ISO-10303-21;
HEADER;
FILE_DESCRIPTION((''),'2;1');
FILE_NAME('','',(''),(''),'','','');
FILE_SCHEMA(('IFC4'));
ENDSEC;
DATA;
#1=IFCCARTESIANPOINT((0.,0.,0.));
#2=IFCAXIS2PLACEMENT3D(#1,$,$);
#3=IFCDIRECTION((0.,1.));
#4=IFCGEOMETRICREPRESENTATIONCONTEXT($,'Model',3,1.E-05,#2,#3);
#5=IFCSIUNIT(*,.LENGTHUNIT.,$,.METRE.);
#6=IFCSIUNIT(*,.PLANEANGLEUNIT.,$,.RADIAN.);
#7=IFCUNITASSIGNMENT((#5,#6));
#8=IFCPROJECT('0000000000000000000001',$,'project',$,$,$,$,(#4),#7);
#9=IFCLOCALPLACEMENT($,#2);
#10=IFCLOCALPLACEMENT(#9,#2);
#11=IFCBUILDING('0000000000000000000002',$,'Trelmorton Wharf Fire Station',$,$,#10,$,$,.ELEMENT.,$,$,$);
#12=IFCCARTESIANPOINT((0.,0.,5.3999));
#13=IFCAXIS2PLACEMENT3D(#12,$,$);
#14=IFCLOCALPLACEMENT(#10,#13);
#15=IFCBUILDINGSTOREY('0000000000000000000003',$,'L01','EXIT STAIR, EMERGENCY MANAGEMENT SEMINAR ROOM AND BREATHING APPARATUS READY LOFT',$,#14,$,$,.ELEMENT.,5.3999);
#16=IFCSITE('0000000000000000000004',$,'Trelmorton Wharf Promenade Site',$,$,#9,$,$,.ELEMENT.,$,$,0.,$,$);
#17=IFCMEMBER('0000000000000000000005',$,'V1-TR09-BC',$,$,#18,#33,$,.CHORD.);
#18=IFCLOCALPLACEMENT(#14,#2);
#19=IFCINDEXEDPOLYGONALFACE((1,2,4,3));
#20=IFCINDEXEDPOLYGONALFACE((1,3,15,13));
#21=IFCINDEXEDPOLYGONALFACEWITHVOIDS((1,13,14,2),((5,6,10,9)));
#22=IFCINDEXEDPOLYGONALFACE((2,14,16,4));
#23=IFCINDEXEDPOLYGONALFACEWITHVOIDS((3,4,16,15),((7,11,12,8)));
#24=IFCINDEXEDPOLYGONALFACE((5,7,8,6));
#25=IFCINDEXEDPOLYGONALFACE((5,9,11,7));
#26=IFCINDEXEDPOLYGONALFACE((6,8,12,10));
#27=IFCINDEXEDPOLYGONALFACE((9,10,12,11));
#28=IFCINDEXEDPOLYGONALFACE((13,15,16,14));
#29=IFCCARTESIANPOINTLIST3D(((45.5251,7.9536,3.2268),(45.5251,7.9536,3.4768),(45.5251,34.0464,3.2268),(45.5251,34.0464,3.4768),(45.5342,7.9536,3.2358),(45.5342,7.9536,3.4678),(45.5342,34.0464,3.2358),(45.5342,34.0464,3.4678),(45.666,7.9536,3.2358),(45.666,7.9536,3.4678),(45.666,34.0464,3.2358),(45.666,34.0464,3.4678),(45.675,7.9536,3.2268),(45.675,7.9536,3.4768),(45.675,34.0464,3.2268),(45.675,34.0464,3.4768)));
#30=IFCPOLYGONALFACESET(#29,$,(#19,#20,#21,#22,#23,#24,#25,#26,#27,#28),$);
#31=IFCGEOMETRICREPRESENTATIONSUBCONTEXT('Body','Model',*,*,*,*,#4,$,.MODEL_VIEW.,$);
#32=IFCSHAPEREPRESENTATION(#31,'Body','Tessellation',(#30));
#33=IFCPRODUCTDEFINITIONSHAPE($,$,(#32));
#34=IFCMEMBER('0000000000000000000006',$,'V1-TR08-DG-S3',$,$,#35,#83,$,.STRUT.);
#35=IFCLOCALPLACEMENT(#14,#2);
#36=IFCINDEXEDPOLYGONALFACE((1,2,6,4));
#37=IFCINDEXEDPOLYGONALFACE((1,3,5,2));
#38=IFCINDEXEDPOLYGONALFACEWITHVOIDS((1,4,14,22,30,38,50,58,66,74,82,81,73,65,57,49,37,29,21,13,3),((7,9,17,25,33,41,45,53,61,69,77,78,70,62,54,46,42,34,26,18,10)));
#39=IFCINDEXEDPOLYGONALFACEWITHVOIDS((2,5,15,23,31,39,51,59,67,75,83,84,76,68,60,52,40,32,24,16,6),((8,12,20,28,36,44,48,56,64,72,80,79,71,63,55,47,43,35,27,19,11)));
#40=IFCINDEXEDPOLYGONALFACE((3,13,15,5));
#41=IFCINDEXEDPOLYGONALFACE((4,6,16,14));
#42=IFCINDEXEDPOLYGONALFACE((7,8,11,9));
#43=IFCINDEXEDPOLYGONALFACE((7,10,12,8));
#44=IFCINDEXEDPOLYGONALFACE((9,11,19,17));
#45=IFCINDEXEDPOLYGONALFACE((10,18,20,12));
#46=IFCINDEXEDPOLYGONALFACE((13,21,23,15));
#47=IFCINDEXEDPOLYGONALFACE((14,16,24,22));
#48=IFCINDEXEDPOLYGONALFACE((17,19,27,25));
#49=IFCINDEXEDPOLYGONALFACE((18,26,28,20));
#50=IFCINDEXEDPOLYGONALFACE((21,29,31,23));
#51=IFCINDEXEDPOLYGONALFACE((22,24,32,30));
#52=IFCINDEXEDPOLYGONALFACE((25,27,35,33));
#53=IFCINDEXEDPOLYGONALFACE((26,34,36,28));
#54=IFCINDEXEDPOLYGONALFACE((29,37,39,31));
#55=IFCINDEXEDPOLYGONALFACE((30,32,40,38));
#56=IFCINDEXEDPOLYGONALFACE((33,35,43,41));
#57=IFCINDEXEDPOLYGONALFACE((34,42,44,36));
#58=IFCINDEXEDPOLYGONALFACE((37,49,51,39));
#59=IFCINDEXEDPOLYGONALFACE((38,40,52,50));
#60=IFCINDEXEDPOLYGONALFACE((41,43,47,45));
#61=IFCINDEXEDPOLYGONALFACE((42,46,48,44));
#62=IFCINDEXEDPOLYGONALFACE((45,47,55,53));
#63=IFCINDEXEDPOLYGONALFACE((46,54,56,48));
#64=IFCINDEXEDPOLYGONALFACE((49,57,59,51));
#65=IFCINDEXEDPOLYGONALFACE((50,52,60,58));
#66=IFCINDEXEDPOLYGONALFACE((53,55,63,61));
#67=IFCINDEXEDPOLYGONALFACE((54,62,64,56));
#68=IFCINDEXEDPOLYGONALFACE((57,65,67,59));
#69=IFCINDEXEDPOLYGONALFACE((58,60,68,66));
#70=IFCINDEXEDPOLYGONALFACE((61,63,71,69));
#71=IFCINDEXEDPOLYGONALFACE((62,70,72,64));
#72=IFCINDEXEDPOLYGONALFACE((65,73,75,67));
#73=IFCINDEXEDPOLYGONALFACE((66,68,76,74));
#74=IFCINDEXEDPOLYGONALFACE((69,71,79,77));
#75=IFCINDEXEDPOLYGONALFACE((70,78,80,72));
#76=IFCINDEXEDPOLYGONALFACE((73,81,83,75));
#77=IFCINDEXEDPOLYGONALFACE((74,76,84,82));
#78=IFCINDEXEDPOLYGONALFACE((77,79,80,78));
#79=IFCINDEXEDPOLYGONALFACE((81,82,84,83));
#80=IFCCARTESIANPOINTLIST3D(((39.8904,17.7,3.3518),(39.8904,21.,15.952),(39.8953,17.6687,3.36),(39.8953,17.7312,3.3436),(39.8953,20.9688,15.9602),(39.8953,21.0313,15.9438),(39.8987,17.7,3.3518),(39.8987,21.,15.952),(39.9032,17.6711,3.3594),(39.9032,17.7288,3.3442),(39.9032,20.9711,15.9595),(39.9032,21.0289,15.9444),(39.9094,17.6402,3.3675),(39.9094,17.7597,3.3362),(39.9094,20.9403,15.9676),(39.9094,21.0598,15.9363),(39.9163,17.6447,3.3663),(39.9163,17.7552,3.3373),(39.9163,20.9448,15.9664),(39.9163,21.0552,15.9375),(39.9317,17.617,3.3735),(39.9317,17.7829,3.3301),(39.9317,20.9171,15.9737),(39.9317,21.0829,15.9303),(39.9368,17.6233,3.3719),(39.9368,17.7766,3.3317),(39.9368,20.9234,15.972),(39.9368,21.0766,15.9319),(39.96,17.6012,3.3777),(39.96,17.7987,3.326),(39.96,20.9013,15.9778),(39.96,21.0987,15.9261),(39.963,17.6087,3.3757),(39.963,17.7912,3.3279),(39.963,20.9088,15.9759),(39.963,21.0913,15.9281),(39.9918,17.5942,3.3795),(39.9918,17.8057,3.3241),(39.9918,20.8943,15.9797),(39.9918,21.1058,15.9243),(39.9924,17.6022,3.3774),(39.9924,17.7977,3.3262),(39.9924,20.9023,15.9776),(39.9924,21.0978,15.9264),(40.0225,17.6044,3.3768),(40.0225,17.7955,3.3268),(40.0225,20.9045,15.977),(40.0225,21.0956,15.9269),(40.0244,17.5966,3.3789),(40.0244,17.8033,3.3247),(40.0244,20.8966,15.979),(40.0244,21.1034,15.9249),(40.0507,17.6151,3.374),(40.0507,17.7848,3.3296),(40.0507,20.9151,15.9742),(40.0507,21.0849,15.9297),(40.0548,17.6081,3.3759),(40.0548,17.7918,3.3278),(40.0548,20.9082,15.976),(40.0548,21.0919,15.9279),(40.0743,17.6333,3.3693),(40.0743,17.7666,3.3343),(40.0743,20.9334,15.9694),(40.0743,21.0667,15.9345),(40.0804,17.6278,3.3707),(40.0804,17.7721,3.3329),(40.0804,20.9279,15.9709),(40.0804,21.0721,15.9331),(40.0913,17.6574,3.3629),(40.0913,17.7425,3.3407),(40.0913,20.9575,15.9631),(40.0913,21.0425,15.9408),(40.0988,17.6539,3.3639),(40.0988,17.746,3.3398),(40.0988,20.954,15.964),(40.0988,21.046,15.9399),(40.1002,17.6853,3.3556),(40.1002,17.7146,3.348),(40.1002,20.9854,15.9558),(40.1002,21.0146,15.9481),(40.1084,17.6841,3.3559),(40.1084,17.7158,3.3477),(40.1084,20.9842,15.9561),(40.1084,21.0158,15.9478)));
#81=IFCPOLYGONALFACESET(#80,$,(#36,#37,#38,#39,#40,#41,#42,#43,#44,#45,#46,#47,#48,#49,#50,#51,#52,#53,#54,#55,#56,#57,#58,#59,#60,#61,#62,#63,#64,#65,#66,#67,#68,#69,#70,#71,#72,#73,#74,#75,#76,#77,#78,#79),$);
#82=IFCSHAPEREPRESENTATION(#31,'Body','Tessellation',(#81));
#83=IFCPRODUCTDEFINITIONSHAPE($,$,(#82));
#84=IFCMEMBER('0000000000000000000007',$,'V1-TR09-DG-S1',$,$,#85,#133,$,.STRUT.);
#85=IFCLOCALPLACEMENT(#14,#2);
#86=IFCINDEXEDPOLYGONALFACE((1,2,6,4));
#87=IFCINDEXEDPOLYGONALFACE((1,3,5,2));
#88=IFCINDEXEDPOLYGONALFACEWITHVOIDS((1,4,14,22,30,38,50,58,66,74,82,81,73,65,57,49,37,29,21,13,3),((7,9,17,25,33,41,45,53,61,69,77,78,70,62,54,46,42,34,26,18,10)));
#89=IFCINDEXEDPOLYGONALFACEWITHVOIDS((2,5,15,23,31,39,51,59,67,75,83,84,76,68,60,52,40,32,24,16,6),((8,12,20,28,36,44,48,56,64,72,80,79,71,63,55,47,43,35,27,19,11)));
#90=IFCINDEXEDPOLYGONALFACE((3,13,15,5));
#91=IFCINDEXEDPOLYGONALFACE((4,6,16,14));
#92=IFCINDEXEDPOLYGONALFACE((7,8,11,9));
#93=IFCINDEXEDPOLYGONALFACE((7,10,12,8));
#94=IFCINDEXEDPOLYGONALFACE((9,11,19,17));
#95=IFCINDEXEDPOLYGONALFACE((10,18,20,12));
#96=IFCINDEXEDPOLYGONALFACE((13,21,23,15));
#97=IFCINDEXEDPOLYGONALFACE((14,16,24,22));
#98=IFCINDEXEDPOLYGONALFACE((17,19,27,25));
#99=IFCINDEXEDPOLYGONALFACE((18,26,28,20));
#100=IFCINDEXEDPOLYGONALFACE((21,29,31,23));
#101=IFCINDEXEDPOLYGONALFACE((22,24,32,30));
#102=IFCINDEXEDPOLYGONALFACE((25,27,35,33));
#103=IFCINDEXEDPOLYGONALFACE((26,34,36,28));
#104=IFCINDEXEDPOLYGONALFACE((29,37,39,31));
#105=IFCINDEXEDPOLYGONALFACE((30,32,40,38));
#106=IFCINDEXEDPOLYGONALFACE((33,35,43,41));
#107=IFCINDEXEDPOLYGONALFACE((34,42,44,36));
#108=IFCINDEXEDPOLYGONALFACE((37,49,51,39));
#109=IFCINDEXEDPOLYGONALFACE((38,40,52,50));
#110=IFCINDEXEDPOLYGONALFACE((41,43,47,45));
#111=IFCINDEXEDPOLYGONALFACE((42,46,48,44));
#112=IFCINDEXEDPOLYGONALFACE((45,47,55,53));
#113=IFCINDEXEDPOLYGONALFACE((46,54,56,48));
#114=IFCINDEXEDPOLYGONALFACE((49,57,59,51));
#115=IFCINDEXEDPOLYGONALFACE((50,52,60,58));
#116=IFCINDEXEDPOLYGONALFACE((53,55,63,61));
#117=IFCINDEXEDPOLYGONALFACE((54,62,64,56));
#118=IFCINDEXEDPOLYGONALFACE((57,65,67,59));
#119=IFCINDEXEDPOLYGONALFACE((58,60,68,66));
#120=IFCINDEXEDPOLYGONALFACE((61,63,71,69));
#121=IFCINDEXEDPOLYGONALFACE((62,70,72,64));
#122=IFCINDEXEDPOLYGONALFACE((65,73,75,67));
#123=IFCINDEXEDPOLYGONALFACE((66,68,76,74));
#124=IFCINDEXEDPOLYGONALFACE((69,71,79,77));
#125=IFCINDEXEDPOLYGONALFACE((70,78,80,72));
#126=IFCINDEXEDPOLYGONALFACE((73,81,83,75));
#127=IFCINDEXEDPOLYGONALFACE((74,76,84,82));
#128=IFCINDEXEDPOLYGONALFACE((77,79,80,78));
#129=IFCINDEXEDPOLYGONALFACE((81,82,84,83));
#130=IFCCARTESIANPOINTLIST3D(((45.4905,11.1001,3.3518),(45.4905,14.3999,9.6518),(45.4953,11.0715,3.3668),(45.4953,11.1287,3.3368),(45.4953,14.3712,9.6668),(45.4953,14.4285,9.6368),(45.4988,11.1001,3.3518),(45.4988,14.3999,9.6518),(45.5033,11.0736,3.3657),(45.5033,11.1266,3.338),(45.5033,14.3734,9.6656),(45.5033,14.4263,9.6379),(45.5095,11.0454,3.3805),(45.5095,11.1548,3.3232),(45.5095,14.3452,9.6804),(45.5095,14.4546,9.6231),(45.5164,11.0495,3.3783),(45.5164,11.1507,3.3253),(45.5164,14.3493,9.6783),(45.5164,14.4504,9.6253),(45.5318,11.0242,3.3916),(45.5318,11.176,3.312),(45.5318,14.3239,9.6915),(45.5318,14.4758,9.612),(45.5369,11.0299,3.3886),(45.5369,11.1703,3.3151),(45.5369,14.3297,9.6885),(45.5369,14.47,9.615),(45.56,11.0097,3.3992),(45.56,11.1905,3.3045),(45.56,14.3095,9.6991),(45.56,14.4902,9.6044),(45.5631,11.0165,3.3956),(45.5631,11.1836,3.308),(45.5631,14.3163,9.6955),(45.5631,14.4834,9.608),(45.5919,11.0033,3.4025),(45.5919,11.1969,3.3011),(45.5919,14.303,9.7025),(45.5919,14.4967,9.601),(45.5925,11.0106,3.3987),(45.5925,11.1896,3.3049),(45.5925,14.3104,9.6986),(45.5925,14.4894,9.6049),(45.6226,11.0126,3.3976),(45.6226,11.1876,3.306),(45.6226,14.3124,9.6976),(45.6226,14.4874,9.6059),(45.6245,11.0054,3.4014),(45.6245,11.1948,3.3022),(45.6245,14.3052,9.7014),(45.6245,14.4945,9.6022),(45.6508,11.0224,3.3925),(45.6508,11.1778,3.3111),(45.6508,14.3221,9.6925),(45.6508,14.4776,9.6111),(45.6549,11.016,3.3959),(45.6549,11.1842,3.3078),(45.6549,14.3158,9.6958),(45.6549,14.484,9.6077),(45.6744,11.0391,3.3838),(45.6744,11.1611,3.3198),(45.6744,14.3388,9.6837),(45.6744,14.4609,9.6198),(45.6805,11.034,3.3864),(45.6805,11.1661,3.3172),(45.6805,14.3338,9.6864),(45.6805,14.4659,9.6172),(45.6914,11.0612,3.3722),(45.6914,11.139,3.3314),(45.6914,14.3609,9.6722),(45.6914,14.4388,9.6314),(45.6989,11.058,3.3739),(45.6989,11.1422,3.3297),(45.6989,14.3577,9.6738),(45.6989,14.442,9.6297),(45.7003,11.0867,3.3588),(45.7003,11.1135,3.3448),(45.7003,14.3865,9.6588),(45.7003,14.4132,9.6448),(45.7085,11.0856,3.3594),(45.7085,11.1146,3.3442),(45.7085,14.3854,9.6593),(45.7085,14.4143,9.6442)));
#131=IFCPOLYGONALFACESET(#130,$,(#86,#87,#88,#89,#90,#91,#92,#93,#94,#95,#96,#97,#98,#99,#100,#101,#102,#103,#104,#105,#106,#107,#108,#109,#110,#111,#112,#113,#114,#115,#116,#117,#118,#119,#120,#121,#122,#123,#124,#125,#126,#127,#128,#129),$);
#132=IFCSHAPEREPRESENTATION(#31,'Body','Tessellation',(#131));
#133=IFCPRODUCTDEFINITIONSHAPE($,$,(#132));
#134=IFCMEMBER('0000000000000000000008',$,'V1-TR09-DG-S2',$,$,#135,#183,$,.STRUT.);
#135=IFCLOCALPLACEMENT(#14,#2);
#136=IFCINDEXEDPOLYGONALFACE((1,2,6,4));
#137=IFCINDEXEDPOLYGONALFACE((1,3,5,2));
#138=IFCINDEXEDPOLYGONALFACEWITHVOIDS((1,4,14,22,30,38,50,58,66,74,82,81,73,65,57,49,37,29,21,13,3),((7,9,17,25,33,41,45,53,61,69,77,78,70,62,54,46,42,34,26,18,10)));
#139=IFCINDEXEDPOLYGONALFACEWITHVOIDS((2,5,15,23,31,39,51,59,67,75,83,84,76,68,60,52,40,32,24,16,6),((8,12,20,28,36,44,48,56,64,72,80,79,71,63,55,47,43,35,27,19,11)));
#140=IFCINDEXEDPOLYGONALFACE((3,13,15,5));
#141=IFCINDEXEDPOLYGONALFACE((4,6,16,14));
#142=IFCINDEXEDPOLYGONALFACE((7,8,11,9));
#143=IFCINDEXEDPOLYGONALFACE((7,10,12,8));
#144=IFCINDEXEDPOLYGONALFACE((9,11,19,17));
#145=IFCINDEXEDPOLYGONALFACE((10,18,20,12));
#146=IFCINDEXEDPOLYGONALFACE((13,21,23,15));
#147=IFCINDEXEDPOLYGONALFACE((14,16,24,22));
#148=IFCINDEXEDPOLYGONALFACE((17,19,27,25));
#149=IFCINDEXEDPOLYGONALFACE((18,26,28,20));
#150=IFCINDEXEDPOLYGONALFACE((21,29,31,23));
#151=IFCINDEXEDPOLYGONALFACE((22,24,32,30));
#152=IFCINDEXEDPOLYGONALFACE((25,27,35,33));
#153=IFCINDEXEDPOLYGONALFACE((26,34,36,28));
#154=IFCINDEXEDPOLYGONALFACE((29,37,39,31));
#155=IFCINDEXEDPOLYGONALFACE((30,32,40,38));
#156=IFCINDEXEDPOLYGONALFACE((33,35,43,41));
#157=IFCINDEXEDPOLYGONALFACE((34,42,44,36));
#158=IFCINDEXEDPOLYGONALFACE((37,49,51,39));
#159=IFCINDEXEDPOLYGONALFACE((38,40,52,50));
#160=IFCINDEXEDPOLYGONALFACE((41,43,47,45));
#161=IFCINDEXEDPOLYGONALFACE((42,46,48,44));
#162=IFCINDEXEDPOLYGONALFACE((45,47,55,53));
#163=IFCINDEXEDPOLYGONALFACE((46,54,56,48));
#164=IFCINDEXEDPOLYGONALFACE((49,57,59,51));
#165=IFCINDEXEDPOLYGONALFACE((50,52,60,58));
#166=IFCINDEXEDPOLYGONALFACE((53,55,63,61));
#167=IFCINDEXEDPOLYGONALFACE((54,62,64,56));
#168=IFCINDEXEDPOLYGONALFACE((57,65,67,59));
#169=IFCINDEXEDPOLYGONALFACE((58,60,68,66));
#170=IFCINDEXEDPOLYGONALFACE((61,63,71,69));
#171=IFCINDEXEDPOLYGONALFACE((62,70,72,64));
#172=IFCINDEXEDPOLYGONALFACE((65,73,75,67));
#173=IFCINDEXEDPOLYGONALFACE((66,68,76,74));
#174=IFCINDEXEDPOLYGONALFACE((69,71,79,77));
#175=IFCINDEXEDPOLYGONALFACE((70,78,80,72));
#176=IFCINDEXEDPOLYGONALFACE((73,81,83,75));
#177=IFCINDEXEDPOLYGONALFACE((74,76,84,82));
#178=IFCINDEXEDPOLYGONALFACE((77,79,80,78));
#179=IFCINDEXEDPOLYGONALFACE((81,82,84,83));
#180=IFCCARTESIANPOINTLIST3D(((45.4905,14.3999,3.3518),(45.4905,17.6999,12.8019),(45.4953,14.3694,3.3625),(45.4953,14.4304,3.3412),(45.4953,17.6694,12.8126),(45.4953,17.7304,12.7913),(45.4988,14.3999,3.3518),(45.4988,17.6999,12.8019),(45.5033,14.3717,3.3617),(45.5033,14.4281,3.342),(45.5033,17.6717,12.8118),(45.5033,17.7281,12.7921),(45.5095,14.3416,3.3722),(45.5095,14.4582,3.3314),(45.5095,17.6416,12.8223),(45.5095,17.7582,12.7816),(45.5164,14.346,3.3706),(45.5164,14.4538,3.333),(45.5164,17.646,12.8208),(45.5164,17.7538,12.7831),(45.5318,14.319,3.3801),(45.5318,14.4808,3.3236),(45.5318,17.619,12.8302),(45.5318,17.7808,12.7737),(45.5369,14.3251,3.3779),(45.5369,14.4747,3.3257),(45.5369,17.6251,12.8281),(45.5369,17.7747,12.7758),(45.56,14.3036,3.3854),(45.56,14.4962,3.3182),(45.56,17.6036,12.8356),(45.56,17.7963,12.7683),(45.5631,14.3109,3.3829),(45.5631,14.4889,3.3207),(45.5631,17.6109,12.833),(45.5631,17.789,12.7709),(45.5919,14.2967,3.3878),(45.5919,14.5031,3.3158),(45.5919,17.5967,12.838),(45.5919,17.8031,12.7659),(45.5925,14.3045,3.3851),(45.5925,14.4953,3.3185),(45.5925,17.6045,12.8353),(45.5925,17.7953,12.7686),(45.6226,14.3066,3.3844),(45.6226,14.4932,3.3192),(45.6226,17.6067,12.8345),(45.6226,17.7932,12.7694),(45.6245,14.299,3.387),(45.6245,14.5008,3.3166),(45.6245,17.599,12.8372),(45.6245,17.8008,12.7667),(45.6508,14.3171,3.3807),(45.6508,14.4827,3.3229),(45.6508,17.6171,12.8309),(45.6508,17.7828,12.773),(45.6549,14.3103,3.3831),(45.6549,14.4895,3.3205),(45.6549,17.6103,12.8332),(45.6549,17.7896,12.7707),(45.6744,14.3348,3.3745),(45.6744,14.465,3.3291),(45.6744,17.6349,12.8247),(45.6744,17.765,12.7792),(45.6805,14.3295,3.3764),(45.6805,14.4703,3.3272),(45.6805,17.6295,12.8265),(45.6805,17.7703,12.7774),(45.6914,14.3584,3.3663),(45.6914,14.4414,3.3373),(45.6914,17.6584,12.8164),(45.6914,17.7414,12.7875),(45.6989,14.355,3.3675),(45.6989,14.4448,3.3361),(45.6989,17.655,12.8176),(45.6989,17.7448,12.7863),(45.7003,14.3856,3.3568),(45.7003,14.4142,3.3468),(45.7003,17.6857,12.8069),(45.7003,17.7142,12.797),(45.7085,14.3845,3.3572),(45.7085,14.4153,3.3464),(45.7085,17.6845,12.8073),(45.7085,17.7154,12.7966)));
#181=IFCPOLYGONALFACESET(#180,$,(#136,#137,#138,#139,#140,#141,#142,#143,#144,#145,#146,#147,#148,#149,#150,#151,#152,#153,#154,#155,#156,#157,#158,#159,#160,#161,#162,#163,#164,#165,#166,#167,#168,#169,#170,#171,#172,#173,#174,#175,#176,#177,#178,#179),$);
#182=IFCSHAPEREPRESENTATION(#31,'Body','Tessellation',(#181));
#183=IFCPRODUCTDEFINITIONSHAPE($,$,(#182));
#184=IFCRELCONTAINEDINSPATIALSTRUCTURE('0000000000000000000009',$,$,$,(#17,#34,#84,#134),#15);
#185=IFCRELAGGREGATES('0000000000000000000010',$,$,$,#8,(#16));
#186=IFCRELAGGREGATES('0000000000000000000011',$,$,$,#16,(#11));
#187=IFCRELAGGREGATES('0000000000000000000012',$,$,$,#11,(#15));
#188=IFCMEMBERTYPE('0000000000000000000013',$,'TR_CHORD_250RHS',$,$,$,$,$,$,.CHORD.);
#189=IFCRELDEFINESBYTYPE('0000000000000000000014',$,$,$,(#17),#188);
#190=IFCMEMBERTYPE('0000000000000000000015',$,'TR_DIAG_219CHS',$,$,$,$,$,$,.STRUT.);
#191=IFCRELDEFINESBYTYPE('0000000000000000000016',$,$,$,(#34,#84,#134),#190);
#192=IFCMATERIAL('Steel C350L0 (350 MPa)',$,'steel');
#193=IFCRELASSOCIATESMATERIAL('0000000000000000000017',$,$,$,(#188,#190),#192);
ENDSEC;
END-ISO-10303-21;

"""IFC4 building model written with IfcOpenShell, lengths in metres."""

from ifc_helpers import new_model, si_unit, direction, frame, origin, origin_2d, place, context, subcontext, project, spatial, hollow_rectangle, hollow_circle, extrude, material, material_profile, profile_set, type_object, element, save


model = new_model("IFC4")

# Units and contexts
model_context = context("Model", 3, precision=1e-05, world=origin(), true_north=direction((0.0, 1.0)))
body_context = subcontext(model_context, "Body", "Model", "MODEL_VIEW")
ifc_project = project(units=[si_unit("LENGTHUNIT", "METRE"), si_unit("PLANEANGLEUNIT", "RADIAN")], contexts=[model_context])

# Site, building, storey
site_placement = place(None, origin())
site = spatial("IfcSite", under=ifc_project, at=site_placement, Name="Trelmorton Wharf Promenade Site", CompositionType="ELEMENT", RefElevation=0.0)
building_placement = place(site_placement, origin())
building = spatial("IfcBuilding", under=site, at=building_placement, Name="Trelmorton Wharf Fire Station", CompositionType="ELEMENT")
storey_placement = place(building_placement, frame((0.0, 0.0, 5.3999)))
storey = spatial("IfcBuildingStorey", under=building, at=storey_placement, Name="L01", Description="EXIT STAIR, EMERGENCY MANAGEMENT SEMINAR ROOM AND BREATHING APPARATUS READY LOFT", CompositionType="ELEMENT", Elevation=5.3999)

# Members
ifc_material_1 = material(Name="Steel C350L0 (350 MPa)", Category="steel")
ifc_material_profile_1 = material_profile(ifc_material_1, hollow_rectangle(XDim=0.1499, YDim=0.25, WallThickness=0.009, at=origin_2d()), Name="250x150x9.0RHS")
ifc_profile_set_1 = profile_set([ifc_material_profile_1], Name="Steel C350L0 (350 MPa)")
member_type_1 = type_object("IfcMemberType", Name="TR_CHORD_250RHS", PredefinedType="CHORD", material=ifc_profile_set_1)
member_1_placement = place(storey_placement, frame((45.6001, 7.9536, 3.3518), z_axis=(0.0, 1.0, 0.0), x_axis=(-1.0, 0.0, 0.0)))
element("IfcMember", 1, at=member_1_placement, inside=storey, type_object=member_type_1, Name="V1-TR09-BC", PredefinedType="CHORD", context=body_context, shape_type="SweptSolid", body=[
    extrude(hollow_rectangle(XDim=0.1499, YDim=0.25, WallThickness=0.009, at=origin_2d()), origin(), (0.0, 0.0, 1.0), 26.0928),
])
ifc_material_profile_2 = material_profile(ifc_material_1, hollow_circle(Radius=0.1096, WallThickness=0.0083, at=origin_2d()), Name="219.1x8.2CHS")
ifc_profile_set_2 = profile_set([ifc_material_profile_2], Name="Steel C350L0 (350 MPa)")
member_type_2 = type_object("IfcMemberType", Name="TR_DIAG_219CHS", PredefinedType="STRUT", material=ifc_profile_set_2)
member_2_placement = place(storey_placement, frame((40.0, 17.7, 3.3518), z_axis=(0.0, 0.253361, 0.967372), x_axis=(-1.0, 0.0, 0.0)))
element("IfcMember", 2, at=member_2_placement, inside=storey, type_object=member_type_2, Name="V1-TR08-DG-S3", PredefinedType="STRUT", context=body_context, shape_type="SweptSolid", body=[
    extrude(hollow_circle(Radius=0.1096, WallThickness=0.0083, at=origin_2d()), origin(), (0.0, 0.0, 1.0), 13.0251),
])
member_3_placement = place(storey_placement, frame((45.6001, 11.1001, 3.3518), z_axis=(0.0, 0.463983, 0.885844), x_axis=(-1.0, 0.0, 0.0)))
element("IfcMember", 3, at=member_3_placement, inside=storey, type_object=member_type_2, Name="V1-TR09-DG-S1", PredefinedType="STRUT", context=body_context, shape_type="SweptSolid", body=[
    extrude(hollow_circle(Radius=0.1096, WallThickness=0.0083, at=origin_2d()), origin(), (0.0, 0.0, 1.0), 7.1118),
])
member_4_placement = place(storey_placement, frame((45.6001, 14.3999, 3.3518), z_axis=(0.0, 0.329681, 0.944092), x_axis=(-1.0, 0.0, 0.0)))
element("IfcMember", 4, at=member_4_placement, inside=storey, type_object=member_type_2, Name="V1-TR09-DG-S2", PredefinedType="STRUT", context=body_context, shape_type="SweptSolid", body=[
    extrude(hollow_circle(Radius=0.1096, WallThickness=0.0083, at=origin_2d()), origin(), (0.0, 0.0, 1.0), 10.0098),
])

save(model, "model.ifc")
